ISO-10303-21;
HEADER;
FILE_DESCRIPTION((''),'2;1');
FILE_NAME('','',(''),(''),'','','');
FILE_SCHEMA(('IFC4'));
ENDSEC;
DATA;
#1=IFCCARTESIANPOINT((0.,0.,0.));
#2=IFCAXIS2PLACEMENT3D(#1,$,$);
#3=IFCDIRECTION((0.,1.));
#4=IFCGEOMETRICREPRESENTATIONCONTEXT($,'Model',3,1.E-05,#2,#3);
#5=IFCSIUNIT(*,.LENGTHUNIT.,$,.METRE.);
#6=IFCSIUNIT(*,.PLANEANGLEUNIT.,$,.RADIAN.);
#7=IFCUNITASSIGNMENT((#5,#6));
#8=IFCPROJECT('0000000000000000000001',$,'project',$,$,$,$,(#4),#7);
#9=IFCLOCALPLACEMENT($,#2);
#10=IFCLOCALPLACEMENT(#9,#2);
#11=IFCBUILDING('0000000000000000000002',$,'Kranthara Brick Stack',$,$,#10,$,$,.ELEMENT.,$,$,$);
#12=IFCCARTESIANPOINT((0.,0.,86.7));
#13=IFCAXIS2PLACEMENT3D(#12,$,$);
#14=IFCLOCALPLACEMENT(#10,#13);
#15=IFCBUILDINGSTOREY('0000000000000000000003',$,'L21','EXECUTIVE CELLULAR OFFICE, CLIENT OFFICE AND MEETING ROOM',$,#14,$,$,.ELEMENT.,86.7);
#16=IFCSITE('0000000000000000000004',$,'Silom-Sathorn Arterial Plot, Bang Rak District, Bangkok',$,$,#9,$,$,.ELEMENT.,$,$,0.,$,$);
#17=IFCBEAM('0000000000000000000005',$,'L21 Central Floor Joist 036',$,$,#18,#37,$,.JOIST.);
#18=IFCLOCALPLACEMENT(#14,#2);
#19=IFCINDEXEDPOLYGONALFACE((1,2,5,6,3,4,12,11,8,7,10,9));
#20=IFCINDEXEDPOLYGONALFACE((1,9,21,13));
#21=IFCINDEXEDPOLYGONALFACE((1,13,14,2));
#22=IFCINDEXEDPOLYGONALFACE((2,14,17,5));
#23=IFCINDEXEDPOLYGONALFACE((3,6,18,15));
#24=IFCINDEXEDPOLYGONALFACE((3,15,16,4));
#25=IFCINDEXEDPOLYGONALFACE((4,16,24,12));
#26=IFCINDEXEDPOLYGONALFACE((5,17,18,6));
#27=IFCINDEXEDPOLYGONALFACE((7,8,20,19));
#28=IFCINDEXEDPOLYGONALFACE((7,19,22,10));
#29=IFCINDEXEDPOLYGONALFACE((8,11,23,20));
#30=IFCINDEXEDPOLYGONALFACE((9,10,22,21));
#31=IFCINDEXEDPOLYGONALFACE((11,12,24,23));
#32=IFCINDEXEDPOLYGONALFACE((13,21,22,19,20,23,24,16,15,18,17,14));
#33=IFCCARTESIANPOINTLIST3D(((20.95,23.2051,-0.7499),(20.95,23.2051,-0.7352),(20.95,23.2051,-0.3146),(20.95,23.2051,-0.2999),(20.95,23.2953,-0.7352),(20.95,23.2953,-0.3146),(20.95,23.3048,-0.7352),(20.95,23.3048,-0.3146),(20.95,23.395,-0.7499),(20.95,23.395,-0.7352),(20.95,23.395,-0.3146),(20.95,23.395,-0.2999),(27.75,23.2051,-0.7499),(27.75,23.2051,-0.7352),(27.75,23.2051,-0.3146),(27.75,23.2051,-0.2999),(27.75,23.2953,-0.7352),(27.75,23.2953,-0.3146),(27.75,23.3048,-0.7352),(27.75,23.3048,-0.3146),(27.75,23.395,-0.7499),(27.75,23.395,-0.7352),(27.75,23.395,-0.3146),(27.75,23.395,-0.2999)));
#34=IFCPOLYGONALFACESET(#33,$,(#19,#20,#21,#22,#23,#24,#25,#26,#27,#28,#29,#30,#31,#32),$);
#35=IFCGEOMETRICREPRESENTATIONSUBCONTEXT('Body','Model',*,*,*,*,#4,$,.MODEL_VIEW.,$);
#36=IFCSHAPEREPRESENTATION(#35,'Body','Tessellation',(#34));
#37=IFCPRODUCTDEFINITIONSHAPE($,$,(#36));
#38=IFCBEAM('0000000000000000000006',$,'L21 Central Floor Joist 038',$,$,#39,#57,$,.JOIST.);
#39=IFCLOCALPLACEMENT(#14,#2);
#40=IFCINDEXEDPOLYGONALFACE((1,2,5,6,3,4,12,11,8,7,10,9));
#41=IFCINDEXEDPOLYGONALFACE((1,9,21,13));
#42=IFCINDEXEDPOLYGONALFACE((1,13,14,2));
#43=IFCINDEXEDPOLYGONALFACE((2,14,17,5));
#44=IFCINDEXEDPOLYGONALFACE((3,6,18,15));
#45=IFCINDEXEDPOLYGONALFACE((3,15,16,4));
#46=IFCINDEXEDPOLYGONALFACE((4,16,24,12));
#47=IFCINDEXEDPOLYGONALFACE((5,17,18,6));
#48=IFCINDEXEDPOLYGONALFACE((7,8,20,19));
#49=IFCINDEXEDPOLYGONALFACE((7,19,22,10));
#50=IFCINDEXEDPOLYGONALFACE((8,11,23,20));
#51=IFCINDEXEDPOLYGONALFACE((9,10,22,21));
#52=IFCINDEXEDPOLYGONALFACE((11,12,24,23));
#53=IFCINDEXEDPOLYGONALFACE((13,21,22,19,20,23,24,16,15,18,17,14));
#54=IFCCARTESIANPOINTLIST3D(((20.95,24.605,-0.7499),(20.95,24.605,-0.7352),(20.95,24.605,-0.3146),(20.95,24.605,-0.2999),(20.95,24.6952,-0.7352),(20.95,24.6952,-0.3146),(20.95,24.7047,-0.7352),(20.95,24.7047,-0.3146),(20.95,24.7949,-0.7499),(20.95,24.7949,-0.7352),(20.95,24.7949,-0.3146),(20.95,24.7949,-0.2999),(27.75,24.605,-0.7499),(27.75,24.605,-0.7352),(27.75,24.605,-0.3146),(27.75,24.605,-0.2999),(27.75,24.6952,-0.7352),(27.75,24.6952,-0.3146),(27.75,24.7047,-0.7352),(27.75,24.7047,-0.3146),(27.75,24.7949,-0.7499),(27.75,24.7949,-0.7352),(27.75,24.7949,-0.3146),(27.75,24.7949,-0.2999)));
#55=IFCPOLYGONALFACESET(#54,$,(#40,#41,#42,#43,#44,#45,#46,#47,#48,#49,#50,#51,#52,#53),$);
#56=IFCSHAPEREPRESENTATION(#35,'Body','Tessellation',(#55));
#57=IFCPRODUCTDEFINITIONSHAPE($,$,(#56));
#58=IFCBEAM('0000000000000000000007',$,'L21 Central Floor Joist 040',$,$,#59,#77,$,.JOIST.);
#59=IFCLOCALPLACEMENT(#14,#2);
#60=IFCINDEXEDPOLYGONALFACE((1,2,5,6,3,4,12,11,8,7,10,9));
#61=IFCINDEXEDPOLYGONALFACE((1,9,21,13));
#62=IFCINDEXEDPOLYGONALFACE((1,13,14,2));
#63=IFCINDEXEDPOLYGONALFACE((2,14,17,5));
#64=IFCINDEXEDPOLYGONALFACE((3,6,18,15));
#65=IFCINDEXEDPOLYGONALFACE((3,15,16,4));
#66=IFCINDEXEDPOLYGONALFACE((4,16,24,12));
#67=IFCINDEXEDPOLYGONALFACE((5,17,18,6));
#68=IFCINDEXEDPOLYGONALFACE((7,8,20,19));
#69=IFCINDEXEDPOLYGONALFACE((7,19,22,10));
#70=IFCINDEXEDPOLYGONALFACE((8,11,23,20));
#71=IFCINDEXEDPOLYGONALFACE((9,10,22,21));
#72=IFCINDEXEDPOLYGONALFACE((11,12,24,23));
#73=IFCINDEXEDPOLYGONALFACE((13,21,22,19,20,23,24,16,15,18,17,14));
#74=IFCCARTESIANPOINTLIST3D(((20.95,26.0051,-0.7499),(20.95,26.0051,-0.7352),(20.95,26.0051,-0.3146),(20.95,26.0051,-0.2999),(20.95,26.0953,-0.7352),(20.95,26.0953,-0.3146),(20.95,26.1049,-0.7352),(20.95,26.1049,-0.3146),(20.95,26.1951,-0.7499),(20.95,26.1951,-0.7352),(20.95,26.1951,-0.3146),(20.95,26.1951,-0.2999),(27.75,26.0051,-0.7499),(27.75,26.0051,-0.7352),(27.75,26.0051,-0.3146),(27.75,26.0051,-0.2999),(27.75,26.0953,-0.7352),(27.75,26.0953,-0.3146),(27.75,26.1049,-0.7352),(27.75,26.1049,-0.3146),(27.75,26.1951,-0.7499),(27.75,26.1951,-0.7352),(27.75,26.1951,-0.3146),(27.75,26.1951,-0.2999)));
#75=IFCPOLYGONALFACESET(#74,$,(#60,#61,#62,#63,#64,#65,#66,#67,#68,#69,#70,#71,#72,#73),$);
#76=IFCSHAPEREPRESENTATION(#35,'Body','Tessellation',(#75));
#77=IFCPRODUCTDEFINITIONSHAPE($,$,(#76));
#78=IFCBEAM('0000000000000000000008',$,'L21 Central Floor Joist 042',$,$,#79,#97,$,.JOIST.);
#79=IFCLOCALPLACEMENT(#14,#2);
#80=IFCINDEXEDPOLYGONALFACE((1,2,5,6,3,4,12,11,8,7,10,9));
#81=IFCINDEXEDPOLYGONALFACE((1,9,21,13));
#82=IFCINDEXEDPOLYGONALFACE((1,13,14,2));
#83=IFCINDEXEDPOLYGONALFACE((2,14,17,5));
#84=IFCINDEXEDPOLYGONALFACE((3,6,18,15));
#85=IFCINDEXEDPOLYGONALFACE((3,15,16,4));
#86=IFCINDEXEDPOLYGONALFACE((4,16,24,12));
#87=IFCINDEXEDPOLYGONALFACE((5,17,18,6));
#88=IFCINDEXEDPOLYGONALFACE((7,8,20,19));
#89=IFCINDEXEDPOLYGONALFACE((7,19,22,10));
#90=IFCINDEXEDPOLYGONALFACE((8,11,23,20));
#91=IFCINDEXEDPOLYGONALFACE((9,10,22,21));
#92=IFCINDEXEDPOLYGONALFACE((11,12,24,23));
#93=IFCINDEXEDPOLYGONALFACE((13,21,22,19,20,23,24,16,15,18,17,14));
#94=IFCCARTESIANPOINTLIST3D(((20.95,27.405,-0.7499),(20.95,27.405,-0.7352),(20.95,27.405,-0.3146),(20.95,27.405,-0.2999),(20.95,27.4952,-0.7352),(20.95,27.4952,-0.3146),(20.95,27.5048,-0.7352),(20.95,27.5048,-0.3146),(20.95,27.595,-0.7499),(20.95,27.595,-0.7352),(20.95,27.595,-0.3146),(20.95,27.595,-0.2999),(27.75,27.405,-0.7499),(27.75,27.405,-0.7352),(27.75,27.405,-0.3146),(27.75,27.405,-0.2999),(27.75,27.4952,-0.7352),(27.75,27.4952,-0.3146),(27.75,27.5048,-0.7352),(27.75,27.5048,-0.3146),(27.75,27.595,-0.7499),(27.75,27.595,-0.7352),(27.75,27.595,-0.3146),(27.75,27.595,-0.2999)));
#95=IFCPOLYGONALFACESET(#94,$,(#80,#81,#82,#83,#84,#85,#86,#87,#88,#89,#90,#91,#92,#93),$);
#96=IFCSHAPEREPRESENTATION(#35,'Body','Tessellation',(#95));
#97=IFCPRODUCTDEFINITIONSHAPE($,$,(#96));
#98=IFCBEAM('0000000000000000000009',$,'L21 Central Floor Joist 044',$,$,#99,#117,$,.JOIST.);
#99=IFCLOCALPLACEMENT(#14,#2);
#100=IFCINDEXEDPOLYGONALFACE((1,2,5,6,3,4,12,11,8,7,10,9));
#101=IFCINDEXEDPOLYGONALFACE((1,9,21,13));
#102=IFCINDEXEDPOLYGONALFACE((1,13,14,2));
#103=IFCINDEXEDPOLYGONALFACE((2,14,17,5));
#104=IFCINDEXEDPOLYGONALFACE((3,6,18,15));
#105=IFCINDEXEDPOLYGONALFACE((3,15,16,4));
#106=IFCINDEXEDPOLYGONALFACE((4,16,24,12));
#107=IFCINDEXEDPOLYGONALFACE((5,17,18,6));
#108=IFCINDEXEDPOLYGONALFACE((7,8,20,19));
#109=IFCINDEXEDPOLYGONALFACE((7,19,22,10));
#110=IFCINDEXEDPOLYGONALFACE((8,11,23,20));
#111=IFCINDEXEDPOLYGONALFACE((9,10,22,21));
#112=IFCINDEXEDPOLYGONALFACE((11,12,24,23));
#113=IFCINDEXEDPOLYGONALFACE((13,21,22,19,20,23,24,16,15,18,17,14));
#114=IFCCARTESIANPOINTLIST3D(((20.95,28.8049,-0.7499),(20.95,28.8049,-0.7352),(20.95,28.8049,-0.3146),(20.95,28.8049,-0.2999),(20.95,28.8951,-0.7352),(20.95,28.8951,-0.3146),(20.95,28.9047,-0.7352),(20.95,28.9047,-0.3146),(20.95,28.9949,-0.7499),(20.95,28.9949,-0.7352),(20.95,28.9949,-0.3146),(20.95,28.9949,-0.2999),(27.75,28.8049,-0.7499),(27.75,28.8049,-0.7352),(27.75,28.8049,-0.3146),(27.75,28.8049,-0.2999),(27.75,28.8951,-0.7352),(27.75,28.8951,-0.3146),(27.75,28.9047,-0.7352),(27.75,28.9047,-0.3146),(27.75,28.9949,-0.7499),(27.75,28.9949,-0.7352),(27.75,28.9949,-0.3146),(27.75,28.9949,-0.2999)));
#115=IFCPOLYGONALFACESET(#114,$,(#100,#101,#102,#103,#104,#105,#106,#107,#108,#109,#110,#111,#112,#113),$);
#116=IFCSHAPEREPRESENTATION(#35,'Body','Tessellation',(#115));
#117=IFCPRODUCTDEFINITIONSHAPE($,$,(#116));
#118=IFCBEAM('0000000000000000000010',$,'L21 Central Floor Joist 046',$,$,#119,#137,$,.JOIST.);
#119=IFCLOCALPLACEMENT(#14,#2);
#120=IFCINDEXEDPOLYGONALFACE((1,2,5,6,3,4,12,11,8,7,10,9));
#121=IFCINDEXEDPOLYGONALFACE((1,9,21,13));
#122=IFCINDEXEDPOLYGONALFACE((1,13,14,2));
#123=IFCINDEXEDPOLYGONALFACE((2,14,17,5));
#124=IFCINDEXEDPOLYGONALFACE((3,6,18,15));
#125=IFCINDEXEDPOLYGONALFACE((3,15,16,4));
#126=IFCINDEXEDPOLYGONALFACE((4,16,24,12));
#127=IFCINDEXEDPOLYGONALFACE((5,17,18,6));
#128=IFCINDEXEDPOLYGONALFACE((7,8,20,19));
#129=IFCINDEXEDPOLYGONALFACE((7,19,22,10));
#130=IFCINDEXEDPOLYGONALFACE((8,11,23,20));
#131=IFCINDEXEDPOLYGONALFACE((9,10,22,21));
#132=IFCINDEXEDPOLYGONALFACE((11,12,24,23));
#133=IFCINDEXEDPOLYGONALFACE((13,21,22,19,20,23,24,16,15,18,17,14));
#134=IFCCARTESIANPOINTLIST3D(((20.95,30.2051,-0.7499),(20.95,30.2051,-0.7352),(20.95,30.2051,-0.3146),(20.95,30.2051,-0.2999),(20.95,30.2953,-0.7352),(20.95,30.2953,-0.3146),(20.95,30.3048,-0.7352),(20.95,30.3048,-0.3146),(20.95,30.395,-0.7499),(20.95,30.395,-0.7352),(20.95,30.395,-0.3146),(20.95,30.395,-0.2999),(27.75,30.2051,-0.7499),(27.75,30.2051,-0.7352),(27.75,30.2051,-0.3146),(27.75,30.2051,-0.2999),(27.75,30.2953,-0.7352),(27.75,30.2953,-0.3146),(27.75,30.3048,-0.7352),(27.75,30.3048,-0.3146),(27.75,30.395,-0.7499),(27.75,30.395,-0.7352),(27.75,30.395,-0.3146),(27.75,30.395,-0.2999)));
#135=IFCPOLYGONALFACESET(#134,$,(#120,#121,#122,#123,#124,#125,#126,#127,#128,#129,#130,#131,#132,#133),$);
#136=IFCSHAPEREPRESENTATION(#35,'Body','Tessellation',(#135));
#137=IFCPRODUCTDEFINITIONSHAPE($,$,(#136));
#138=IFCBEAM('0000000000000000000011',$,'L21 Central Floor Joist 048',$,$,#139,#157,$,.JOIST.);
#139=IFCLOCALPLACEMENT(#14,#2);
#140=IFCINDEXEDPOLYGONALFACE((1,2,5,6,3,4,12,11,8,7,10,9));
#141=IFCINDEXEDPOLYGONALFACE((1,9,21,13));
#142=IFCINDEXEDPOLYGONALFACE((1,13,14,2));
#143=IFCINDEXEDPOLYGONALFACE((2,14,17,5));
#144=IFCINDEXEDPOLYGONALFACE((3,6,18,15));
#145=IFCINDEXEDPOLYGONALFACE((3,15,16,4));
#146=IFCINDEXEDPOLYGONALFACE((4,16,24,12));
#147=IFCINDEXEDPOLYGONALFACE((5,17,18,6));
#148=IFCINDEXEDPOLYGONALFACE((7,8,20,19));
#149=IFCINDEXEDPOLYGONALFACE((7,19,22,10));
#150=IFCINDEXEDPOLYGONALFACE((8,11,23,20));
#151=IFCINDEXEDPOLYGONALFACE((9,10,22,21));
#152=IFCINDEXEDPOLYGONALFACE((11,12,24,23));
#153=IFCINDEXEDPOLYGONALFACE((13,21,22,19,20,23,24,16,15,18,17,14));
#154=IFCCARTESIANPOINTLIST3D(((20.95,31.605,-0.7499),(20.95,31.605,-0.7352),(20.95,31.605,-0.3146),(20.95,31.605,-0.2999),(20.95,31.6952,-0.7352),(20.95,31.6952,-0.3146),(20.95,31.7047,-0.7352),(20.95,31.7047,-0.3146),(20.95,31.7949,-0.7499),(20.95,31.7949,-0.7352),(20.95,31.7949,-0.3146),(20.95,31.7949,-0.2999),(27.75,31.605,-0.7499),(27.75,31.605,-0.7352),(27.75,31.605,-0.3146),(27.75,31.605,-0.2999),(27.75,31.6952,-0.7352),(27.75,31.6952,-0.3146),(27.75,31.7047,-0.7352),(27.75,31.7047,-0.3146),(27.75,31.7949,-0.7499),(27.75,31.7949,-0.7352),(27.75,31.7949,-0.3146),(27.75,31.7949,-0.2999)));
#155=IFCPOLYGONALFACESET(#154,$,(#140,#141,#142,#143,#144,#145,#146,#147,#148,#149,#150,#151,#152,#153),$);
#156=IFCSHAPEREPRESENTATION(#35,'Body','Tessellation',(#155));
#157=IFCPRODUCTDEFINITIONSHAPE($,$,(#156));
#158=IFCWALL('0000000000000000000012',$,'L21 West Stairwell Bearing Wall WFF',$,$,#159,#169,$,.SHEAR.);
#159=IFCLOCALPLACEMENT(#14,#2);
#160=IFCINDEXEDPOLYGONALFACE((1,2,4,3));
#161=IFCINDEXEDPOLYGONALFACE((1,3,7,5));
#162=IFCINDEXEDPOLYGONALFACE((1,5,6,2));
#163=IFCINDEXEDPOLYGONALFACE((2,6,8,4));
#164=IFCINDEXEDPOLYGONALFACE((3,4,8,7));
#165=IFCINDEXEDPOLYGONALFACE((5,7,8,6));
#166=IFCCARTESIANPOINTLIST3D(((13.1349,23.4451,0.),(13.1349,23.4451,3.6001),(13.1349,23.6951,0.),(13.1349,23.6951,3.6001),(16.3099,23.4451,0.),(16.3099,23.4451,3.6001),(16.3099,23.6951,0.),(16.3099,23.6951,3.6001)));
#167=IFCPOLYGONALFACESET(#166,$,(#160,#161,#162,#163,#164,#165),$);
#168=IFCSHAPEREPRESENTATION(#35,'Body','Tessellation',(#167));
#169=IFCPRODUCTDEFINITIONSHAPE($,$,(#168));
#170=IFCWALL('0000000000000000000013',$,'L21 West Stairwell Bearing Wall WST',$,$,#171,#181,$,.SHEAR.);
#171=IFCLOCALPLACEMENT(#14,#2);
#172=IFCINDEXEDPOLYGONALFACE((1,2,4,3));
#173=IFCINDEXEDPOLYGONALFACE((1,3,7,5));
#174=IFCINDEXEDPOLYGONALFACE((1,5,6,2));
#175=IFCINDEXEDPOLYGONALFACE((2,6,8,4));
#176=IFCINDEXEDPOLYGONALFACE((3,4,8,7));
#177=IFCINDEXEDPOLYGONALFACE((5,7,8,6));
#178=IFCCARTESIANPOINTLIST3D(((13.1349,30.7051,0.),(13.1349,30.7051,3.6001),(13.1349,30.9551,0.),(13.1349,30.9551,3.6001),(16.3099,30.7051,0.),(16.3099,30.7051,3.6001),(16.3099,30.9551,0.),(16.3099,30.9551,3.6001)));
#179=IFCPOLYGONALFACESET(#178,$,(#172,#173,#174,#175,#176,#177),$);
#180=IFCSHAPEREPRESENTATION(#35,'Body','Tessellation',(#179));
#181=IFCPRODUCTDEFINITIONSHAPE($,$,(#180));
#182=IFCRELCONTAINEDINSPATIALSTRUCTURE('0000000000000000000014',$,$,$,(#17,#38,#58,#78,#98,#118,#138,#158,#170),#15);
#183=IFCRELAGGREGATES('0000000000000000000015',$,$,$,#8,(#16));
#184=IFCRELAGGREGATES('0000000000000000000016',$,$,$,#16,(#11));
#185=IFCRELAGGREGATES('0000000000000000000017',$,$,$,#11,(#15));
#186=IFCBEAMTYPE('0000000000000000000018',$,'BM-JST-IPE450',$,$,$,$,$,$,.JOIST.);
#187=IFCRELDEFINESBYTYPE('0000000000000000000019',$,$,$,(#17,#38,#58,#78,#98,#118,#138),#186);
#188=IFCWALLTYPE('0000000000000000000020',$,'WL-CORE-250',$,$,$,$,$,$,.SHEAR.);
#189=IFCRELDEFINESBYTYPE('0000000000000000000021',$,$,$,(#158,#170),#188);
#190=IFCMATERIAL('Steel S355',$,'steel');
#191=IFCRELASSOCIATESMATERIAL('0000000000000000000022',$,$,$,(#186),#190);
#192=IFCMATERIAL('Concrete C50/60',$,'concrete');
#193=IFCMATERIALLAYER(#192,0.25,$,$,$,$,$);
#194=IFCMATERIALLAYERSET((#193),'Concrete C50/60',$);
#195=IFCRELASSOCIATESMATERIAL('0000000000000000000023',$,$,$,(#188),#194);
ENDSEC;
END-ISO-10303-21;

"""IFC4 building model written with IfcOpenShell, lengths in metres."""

from ifc_helpers import new_model, si_unit, direction, frame, frame_2d, origin, origin_2d, place, context, subcontext, project, spatial, rectangle, i_section, extrude, material, layer, layer_set, material_profile, profile_set, type_object, element, save


model = new_model("IFC4")

# Units and contexts
model_context = context("Model", 3, precision=1e-05, world=origin(), true_north=direction((0.0, 1.0)))
body_context = subcontext(model_context, "Body", "Model", "MODEL_VIEW")
ifc_project = project(units=[si_unit("LENGTHUNIT", "METRE"), si_unit("PLANEANGLEUNIT", "RADIAN")], contexts=[model_context])

# Site, building, storey
site_placement = place(None, origin())
site = spatial("IfcSite", under=ifc_project, at=site_placement, Name="Silom-Sathorn Arterial Plot, Bang Rak District, Bangkok", CompositionType="ELEMENT", RefElevation=0.0)
building_placement = place(site_placement, origin())
building = spatial("IfcBuilding", under=site, at=building_placement, Name="Kranthara Brick Stack", CompositionType="ELEMENT")
storey_placement = place(building_placement, frame((0.0, 0.0, 86.7)))
storey = spatial("IfcBuildingStorey", under=building, at=storey_placement, Name="L21", Description="EXECUTIVE CELLULAR OFFICE, CLIENT OFFICE AND MEETING ROOM", CompositionType="ELEMENT", Elevation=86.7)

# Beams
ifc_material_1 = material(Name="Steel S355", Category="steel")
ifc_material_profile = material_profile(ifc_material_1, i_section(OverallWidth=0.1899, OverallDepth=0.45, WebThickness=0.0095, FlangeThickness=0.0146, at=origin_2d()), Name="IPE 450")
ifc_profile_set = profile_set([ifc_material_profile], Name="Steel S355")
beam_type = type_object("IfcBeamType", Name="BM-JST-IPE450", PredefinedType="JOIST", material=ifc_profile_set)
for number, where, z_axis, x_axis, name in (
    (1, (20.95, 23.3, -0.5249), (1.0, 0.0, 0.0), (0.0, 1.0, 0.0), "L21 Central Floor Joist 036"),
    (2, (20.95, 24.7, -0.5249), (1.0, 0.0, 0.0), (0.0, 1.0, 0.0), "L21 Central Floor Joist 038"),
    (3, (20.95, 26.1001, -0.5249), (1.0, 0.0, 0.0), (0.0, 1.0, 0.0), "L21 Central Floor Joist 040"),
    (4, (20.95, 27.5, -0.5249), (1.0, 0.0, 0.0), (0.0, 1.0, 0.0), "L21 Central Floor Joist 042"),
    (5, (20.95, 28.8999, -0.5249), (1.0, 0.0, 0.0), (0.0, 1.0, 0.0), "L21 Central Floor Joist 044"),
    (6, (20.95, 30.3, -0.5249), (1.0, 0.0, 0.0), (0.0, 1.0, 0.0), "L21 Central Floor Joist 046"),
    (7, (20.95, 31.7, -0.5249), (1.0, 0.0, 0.0), (0.0, 1.0, 0.0), "L21 Central Floor Joist 048"),
):
    element("IfcBeam", number, at=place(storey_placement, frame(where, z_axis=z_axis, x_axis=x_axis)), inside=storey, type_object=beam_type, Name=name, PredefinedType="JOIST", context=body_context, shape_type="SweptSolid", body=[
        extrude(i_section(OverallWidth=0.1899, OverallDepth=0.45, WebThickness=0.0095, FlangeThickness=0.0146, at=origin_2d()), origin(), (0.0, 0.0, 1.0), 6.8),
    ])

# Walls
ifc_material_2 = material(Name="Concrete C50/60", Category="concrete")
ifc_layer_1 = layer(ifc_material_2, 0.25)
ifc_layer_set_1 = layer_set([ifc_layer_1], Name="Concrete C50/60")
wall_type_1 = type_object("IfcWallType", Name="WL-CORE-250", PredefinedType="SHEAR", material=ifc_layer_set_1)
for number, where, z_axis, x_axis, name in (
    (8, (13.135, 23.5701, 0.0), (0.0, 0.0, 1.0), (1.0, 0.0, 0.0), "L21 West Stairwell Bearing Wall WFF"),
    (9, (13.135, 30.8301, 0.0), (0.0, 0.0, 1.0), (1.0, 0.0, 0.0), "L21 West Stairwell Bearing Wall WST"),
):
    element("IfcWall", number, at=place(storey_placement, frame(where, z_axis=z_axis, x_axis=x_axis)), inside=storey, type_object=wall_type_1, Name=name, PredefinedType="SHEAR", context=body_context, shape_type="SweptSolid", body=[
        extrude(rectangle(XDim=3.175, YDim=0.25, at=frame_2d((1.5874, 0.0))), origin(), (0.0, 0.0, 1.0), 3.6001),
    ])

save(model, "model.ifc")
